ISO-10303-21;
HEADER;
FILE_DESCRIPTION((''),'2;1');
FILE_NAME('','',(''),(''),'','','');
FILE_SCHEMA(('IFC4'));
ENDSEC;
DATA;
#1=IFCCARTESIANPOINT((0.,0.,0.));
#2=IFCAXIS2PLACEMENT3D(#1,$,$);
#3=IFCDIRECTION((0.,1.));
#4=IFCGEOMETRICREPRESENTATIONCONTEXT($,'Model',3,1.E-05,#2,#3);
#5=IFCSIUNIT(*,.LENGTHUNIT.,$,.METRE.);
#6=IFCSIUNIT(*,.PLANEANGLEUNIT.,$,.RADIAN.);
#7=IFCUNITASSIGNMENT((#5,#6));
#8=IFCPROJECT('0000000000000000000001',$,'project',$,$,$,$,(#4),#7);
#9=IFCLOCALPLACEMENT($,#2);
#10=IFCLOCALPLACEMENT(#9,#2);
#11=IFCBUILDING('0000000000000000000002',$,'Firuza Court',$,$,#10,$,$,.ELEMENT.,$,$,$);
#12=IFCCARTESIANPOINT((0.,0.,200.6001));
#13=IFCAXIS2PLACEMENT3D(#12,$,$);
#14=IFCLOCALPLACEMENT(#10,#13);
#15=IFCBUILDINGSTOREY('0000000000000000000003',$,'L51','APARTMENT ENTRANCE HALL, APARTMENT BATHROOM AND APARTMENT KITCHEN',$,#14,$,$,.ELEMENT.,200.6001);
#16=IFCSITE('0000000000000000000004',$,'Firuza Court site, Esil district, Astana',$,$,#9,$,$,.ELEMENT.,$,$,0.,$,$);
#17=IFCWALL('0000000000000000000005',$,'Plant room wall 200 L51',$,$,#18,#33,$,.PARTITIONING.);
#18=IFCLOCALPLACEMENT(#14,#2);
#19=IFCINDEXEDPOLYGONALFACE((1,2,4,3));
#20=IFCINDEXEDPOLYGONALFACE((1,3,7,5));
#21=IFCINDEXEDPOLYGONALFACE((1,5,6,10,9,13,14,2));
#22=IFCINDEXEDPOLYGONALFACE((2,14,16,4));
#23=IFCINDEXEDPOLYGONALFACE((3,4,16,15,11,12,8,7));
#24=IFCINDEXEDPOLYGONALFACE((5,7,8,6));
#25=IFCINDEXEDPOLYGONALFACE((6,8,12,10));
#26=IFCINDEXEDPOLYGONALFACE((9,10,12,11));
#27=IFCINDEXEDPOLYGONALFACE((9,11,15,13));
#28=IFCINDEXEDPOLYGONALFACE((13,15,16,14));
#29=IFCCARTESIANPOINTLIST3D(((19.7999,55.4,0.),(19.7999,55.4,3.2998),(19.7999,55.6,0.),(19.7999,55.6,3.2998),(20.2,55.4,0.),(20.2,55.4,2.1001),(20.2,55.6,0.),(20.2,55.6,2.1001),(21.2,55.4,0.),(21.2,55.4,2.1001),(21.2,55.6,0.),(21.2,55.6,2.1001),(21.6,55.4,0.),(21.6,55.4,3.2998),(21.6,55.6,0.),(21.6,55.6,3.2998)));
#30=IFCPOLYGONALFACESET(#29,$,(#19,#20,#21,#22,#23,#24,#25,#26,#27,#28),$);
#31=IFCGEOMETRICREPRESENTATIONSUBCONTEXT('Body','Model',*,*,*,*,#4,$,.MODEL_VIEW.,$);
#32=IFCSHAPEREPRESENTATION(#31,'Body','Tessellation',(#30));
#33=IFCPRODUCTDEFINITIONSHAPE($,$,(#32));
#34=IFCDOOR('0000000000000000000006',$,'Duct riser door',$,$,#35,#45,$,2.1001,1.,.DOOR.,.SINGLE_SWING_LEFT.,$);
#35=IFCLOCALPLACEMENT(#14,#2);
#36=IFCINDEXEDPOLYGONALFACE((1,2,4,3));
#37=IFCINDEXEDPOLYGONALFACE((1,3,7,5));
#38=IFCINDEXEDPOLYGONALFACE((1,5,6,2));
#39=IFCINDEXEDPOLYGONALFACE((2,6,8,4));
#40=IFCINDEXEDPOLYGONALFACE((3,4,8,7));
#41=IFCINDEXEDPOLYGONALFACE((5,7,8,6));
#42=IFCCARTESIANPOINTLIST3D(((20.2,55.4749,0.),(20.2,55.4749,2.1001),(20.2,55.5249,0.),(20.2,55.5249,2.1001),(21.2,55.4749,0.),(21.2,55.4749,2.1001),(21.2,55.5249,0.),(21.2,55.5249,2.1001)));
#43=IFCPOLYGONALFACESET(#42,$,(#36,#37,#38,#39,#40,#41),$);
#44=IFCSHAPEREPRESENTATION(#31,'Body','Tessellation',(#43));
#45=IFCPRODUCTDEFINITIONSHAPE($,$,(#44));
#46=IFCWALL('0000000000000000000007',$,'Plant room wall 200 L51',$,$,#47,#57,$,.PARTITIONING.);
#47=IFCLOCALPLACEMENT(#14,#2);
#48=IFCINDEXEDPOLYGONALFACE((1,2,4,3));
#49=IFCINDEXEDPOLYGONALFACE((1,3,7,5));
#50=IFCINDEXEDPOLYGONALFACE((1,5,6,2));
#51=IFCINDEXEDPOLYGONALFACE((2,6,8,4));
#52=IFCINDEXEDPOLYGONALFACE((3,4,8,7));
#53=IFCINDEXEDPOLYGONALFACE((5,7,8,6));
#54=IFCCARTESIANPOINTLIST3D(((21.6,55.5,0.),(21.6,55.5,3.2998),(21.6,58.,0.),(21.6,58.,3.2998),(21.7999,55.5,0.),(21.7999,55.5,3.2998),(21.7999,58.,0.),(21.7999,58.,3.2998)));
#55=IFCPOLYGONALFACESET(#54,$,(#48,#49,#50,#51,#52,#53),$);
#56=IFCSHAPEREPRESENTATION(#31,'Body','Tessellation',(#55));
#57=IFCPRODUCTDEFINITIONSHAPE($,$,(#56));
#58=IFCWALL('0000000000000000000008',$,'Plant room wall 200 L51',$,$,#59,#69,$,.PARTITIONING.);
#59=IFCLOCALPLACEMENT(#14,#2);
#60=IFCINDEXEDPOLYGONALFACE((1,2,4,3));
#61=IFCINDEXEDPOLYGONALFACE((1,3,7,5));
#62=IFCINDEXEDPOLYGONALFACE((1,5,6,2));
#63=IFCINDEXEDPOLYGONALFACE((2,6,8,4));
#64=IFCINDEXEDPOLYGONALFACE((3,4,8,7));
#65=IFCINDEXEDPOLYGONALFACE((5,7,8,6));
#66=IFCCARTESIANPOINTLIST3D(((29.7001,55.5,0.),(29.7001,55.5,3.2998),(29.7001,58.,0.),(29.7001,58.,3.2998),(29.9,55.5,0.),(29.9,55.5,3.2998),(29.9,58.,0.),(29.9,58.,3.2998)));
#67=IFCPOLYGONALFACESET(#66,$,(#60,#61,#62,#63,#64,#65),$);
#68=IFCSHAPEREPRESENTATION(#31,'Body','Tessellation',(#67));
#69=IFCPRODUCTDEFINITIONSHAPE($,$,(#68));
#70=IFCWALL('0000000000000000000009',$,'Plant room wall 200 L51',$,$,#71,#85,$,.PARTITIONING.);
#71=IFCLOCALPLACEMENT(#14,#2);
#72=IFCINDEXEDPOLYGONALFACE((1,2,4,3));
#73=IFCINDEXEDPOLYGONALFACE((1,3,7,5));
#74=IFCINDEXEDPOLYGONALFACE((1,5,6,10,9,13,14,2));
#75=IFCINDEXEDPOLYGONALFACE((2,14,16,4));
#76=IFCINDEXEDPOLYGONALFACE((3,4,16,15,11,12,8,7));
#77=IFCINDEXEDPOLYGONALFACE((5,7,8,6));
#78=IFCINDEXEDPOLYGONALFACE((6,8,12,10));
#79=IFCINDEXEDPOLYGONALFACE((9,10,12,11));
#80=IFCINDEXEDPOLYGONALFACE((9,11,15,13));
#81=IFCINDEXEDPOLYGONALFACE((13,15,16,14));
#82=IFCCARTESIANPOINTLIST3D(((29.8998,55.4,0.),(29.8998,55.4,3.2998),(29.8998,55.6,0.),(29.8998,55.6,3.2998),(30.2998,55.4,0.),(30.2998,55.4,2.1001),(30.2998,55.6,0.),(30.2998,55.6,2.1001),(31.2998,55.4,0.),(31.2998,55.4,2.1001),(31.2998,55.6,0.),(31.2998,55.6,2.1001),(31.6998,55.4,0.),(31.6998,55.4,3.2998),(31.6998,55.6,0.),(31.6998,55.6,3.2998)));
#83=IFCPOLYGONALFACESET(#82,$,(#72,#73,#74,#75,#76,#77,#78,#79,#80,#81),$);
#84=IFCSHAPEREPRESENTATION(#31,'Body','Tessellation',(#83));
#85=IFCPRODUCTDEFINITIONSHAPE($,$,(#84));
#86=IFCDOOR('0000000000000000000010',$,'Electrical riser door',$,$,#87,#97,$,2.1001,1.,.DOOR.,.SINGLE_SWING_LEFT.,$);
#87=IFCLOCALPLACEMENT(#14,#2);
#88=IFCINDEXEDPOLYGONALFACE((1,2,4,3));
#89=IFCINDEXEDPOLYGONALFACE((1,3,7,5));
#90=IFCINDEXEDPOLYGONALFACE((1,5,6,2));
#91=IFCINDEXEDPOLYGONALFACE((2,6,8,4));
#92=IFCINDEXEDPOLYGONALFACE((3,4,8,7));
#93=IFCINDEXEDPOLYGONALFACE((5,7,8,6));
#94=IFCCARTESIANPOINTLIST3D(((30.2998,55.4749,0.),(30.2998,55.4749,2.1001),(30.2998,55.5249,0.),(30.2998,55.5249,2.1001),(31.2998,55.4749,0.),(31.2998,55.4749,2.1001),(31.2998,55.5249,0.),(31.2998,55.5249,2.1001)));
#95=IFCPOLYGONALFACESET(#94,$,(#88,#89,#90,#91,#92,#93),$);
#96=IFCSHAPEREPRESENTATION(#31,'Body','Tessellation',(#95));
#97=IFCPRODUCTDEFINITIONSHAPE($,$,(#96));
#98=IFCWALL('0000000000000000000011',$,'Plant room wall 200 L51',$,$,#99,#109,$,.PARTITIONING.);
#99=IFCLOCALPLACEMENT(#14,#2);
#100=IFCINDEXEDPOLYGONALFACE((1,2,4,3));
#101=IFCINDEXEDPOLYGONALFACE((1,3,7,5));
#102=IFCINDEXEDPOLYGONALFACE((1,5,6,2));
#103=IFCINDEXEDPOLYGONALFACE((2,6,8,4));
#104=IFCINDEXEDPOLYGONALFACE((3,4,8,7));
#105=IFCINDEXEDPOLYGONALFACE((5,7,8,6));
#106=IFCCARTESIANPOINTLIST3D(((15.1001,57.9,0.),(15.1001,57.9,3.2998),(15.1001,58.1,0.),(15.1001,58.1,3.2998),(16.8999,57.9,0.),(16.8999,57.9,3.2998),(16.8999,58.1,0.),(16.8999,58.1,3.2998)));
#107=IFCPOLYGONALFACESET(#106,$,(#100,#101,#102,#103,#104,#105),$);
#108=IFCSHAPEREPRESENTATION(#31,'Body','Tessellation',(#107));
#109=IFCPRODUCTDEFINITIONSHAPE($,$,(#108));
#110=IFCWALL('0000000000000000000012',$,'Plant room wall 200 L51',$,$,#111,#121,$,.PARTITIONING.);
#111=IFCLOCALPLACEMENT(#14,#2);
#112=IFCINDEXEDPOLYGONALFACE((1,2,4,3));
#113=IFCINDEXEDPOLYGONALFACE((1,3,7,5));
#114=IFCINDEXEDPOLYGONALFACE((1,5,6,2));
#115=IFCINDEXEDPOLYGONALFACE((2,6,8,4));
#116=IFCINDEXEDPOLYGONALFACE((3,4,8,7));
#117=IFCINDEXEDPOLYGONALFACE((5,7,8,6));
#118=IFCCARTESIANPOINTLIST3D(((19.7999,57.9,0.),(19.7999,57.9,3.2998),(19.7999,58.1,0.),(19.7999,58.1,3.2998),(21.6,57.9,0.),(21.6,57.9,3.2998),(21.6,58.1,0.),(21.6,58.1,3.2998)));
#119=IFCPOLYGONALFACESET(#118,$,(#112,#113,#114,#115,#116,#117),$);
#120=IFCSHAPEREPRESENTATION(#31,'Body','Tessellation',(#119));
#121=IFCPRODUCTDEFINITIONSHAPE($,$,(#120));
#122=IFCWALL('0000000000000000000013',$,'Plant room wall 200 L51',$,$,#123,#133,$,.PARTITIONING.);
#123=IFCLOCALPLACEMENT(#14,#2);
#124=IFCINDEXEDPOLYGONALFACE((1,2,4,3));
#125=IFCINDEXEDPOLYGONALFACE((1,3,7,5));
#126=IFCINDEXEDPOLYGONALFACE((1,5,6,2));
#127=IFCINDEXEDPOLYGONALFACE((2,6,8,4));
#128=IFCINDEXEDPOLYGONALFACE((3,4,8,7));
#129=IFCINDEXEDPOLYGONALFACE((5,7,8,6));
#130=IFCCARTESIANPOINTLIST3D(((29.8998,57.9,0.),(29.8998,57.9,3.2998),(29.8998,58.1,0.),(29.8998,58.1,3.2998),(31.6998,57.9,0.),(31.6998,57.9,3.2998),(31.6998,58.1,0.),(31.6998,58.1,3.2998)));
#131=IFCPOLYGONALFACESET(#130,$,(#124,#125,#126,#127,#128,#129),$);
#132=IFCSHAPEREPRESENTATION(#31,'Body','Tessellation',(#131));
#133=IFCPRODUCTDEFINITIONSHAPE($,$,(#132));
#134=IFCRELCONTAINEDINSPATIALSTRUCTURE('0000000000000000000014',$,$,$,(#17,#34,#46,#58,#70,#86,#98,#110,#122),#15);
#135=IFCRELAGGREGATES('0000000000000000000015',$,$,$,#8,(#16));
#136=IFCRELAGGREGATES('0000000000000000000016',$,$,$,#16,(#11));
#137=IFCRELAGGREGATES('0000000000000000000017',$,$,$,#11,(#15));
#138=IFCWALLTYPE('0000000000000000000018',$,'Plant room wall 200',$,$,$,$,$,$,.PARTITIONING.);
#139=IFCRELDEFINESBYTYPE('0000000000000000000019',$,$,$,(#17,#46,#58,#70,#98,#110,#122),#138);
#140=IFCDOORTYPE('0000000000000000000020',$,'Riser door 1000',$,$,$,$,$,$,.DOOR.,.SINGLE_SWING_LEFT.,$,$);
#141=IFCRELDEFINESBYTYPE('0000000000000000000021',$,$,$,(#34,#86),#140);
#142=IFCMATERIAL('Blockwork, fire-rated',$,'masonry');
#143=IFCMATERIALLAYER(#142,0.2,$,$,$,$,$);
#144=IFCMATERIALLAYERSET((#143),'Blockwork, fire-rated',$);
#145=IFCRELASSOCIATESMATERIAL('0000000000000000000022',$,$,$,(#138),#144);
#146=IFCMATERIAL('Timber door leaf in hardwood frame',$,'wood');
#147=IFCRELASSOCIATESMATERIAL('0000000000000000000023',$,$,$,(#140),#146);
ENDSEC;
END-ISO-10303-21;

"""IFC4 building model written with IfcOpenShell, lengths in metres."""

from ifc_helpers import new_model, si_unit, direction, frame, frame_2d, origin, place, context, subcontext, project, spatial, rectangle, extrude, material, layer, layer_set, type_object, element, fill, save


model = new_model("IFC4")

# Units and contexts
model_context = context("Model", 3, precision=1e-05, world=origin(), true_north=direction((0.0, 1.0)))
body_context = subcontext(model_context, "Body", "Model", "MODEL_VIEW")
ifc_project = project(units=[si_unit("LENGTHUNIT", "METRE"), si_unit("PLANEANGLEUNIT", "RADIAN")], contexts=[model_context])

# Site, building, storey
site_placement = place(None, origin())
site = spatial("IfcSite", under=ifc_project, at=site_placement, Name="Firuza Court site, Esil district, Astana", CompositionType="ELEMENT", RefElevation=0.0)
building_placement = place(site_placement, origin())
building = spatial("IfcBuilding", under=site, at=building_placement, Name="Firuza Court", CompositionType="ELEMENT")
storey_placement = place(building_placement, frame((0.0, 0.0, 200.6001)))
storey = spatial("IfcBuildingStorey", under=building, at=storey_placement, Name="L51", Description="APARTMENT ENTRANCE HALL, APARTMENT BATHROOM AND APARTMENT KITCHEN", CompositionType="ELEMENT", Elevation=200.6001)

# Shared definitions
ifc_material_1 = material(Name="Blockwork, fire-rated", Category="masonry")
ifc_layer_1 = layer(ifc_material_1, 0.2)
ifc_layer_set_1 = layer_set([ifc_layer_1], Name="Blockwork, fire-rated")
wall_type_1 = type_object("IfcWallType", Name="Plant room wall 200", PredefinedType="PARTITIONING", material=ifc_layer_set_1)

# Wall, opening, door
wall_1_placement = place(storey_placement, frame((19.8, 55.5, 0.0), z_axis=(0.0, 0.0, 1.0), x_axis=(1.0, 0.0, 0.0)))
wall_1 = element("IfcWall", 1, at=wall_1_placement, inside=storey, type_object=wall_type_1, Name="Plant room wall 200 L51", PredefinedType="PARTITIONING", context=body_context, shape_type="SweptSolid", body=[
    extrude(rectangle(XDim=1.8, YDim=0.2, at=frame_2d((0.8999, 0.0))), origin(), (0.0, 0.0, 1.0), 3.2998),
])
opening_1_placement = place(wall_1_placement, frame((0.3999, 0.0, 0.0)))
opening_1 = element("IfcOpeningElement", 2, at=opening_1_placement, cuts=wall_1, PredefinedType="OPENING", context=body_context, shape_type="SweptSolid", body=[
    extrude(rectangle(XDim=1.0, YDim=2.1001, at=frame_2d((0.5, 1.05))), frame((0.0, 0.1118, 0.0), z_axis=(0.0, -1.0, 0.0), x_axis=(1.0, 0.0, 0.0)), (0.0, 0.0, 1.0), 0.2239),
])
ifc_material_2 = material(Name="Timber door leaf in hardwood frame", Category="wood")
door_type = type_object("IfcDoorType", Name="Riser door 1000", OperationType="SINGLE_SWING_LEFT", PredefinedType="DOOR", material=ifc_material_2)
door_1_placement = place(opening_1_placement, origin())
door_1 = element("IfcDoor", 3, at=door_1_placement, inside=storey, type_object=door_type, Name="Duct riser door", OperationType="SINGLE_SWING_LEFT", OverallHeight=2.1001, OverallWidth=1.0, PredefinedType="DOOR", context=body_context, shape_type="SweptSolid", body=[
    extrude(rectangle(XDim=1.0, YDim=2.1001, at=frame_2d((0.5, 1.05))), frame((0.0, 0.0249, 0.0), z_axis=(0.0, -1.0, 0.0), x_axis=(1.0, 0.0, 0.0)), (0.0, 0.0, 1.0), 0.05),
])
fill(opening_1, door_1)

# Walls
for number, where, z_axis, x_axis, name in (
    (4, (21.7, 55.5, 0.0), (0.0, 0.0, 1.0), (0.0, 1.0, 0.0), "Plant room wall 200 L51"),
    (5, (29.8, 55.5, 0.0), (0.0, 0.0, 1.0), (0.0, 1.0, 0.0), "Plant room wall 200 L51"),
):
    element("IfcWall", number, at=place(storey_placement, frame(where, z_axis=z_axis, x_axis=x_axis)), inside=storey, type_object=wall_type_1, Name=name, PredefinedType="PARTITIONING", context=body_context, shape_type="SweptSolid", body=[
        extrude(rectangle(XDim=2.5, YDim=0.2, at=frame_2d((1.25, 0.0))), origin(), (0.0, 0.0, 1.0), 3.2998),
    ])

# Wall, opening, door
wall_2_placement = place(storey_placement, frame((29.8999, 55.5, 0.0), z_axis=(0.0, 0.0, 1.0), x_axis=(1.0, 0.0, 0.0)))
wall_2 = element("IfcWall", 6, at=wall_2_placement, inside=storey, type_object=wall_type_1, Name="Plant room wall 200 L51", PredefinedType="PARTITIONING", context=body_context, shape_type="SweptSolid", body=[
    extrude(rectangle(XDim=1.8, YDim=0.2, at=frame_2d((0.8999, 0.0))), origin(), (0.0, 0.0, 1.0), 3.2998),
])
opening_2_placement = place(wall_2_placement, frame((0.3999, 0.0, 0.0)))
opening_2 = element("IfcOpeningElement", 7, at=opening_2_placement, cuts=wall_2, PredefinedType="OPENING", context=body_context, shape_type="SweptSolid", body=[
    extrude(rectangle(XDim=1.0, YDim=2.1001, at=frame_2d((0.5, 1.05))), frame((0.0, 0.1118, 0.0), z_axis=(0.0, -1.0, 0.0), x_axis=(1.0, 0.0, 0.0)), (0.0, 0.0, 1.0), 0.2239),
])
door_2_placement = place(opening_2_placement, origin())
door_2 = element("IfcDoor", 8, at=door_2_placement, inside=storey, type_object=door_type, Name="Electrical riser door", OperationType="SINGLE_SWING_LEFT", OverallHeight=2.1001, OverallWidth=1.0, PredefinedType="DOOR", context=body_context, shape_type="SweptSolid", body=[
    extrude(rectangle(XDim=1.0, YDim=2.1001, at=frame_2d((0.5, 1.05))), frame((0.0, 0.0249, 0.0), z_axis=(0.0, -1.0, 0.0), x_axis=(1.0, 0.0, 0.0)), (0.0, 0.0, 1.0), 0.05),
])
fill(opening_2, door_2)

# Walls
wall_3_placement = place(storey_placement, frame((15.1001, 58.0, 0.0), z_axis=(0.0, 0.0, 1.0), x_axis=(1.0, 0.0, 0.0)))
element("IfcWall", 9, at=wall_3_placement, inside=storey, type_object=wall_type_1, Name="Plant room wall 200 L51", PredefinedType="PARTITIONING", context=body_context, shape_type="SweptSolid", body=[
    extrude(rectangle(XDim=1.7998, YDim=0.2, at=frame_2d((0.8999, 0.0))), origin(), (0.0, 0.0, 1.0), 3.2998),
])
for number, where, z_axis, x_axis, name in (
    (10, (19.8, 58.0, 0.0), (0.0, 0.0, 1.0), (1.0, 0.0, 0.0), "Plant room wall 200 L51"),
    (11, (29.8999, 58.0, 0.0), (0.0, 0.0, 1.0), (1.0, 0.0, 0.0), "Plant room wall 200 L51"),
):
    element("IfcWall", number, at=place(storey_placement, frame(where, z_axis=z_axis, x_axis=x_axis)), inside=storey, type_object=wall_type_1, Name=name, PredefinedType="PARTITIONING", context=body_context, shape_type="SweptSolid", body=[
        extrude(rectangle(XDim=1.8, YDim=0.2, at=frame_2d((0.8999, 0.0))), origin(), (0.0, 0.0, 1.0), 3.2998),
    ])

save(model, "model.ifc")
